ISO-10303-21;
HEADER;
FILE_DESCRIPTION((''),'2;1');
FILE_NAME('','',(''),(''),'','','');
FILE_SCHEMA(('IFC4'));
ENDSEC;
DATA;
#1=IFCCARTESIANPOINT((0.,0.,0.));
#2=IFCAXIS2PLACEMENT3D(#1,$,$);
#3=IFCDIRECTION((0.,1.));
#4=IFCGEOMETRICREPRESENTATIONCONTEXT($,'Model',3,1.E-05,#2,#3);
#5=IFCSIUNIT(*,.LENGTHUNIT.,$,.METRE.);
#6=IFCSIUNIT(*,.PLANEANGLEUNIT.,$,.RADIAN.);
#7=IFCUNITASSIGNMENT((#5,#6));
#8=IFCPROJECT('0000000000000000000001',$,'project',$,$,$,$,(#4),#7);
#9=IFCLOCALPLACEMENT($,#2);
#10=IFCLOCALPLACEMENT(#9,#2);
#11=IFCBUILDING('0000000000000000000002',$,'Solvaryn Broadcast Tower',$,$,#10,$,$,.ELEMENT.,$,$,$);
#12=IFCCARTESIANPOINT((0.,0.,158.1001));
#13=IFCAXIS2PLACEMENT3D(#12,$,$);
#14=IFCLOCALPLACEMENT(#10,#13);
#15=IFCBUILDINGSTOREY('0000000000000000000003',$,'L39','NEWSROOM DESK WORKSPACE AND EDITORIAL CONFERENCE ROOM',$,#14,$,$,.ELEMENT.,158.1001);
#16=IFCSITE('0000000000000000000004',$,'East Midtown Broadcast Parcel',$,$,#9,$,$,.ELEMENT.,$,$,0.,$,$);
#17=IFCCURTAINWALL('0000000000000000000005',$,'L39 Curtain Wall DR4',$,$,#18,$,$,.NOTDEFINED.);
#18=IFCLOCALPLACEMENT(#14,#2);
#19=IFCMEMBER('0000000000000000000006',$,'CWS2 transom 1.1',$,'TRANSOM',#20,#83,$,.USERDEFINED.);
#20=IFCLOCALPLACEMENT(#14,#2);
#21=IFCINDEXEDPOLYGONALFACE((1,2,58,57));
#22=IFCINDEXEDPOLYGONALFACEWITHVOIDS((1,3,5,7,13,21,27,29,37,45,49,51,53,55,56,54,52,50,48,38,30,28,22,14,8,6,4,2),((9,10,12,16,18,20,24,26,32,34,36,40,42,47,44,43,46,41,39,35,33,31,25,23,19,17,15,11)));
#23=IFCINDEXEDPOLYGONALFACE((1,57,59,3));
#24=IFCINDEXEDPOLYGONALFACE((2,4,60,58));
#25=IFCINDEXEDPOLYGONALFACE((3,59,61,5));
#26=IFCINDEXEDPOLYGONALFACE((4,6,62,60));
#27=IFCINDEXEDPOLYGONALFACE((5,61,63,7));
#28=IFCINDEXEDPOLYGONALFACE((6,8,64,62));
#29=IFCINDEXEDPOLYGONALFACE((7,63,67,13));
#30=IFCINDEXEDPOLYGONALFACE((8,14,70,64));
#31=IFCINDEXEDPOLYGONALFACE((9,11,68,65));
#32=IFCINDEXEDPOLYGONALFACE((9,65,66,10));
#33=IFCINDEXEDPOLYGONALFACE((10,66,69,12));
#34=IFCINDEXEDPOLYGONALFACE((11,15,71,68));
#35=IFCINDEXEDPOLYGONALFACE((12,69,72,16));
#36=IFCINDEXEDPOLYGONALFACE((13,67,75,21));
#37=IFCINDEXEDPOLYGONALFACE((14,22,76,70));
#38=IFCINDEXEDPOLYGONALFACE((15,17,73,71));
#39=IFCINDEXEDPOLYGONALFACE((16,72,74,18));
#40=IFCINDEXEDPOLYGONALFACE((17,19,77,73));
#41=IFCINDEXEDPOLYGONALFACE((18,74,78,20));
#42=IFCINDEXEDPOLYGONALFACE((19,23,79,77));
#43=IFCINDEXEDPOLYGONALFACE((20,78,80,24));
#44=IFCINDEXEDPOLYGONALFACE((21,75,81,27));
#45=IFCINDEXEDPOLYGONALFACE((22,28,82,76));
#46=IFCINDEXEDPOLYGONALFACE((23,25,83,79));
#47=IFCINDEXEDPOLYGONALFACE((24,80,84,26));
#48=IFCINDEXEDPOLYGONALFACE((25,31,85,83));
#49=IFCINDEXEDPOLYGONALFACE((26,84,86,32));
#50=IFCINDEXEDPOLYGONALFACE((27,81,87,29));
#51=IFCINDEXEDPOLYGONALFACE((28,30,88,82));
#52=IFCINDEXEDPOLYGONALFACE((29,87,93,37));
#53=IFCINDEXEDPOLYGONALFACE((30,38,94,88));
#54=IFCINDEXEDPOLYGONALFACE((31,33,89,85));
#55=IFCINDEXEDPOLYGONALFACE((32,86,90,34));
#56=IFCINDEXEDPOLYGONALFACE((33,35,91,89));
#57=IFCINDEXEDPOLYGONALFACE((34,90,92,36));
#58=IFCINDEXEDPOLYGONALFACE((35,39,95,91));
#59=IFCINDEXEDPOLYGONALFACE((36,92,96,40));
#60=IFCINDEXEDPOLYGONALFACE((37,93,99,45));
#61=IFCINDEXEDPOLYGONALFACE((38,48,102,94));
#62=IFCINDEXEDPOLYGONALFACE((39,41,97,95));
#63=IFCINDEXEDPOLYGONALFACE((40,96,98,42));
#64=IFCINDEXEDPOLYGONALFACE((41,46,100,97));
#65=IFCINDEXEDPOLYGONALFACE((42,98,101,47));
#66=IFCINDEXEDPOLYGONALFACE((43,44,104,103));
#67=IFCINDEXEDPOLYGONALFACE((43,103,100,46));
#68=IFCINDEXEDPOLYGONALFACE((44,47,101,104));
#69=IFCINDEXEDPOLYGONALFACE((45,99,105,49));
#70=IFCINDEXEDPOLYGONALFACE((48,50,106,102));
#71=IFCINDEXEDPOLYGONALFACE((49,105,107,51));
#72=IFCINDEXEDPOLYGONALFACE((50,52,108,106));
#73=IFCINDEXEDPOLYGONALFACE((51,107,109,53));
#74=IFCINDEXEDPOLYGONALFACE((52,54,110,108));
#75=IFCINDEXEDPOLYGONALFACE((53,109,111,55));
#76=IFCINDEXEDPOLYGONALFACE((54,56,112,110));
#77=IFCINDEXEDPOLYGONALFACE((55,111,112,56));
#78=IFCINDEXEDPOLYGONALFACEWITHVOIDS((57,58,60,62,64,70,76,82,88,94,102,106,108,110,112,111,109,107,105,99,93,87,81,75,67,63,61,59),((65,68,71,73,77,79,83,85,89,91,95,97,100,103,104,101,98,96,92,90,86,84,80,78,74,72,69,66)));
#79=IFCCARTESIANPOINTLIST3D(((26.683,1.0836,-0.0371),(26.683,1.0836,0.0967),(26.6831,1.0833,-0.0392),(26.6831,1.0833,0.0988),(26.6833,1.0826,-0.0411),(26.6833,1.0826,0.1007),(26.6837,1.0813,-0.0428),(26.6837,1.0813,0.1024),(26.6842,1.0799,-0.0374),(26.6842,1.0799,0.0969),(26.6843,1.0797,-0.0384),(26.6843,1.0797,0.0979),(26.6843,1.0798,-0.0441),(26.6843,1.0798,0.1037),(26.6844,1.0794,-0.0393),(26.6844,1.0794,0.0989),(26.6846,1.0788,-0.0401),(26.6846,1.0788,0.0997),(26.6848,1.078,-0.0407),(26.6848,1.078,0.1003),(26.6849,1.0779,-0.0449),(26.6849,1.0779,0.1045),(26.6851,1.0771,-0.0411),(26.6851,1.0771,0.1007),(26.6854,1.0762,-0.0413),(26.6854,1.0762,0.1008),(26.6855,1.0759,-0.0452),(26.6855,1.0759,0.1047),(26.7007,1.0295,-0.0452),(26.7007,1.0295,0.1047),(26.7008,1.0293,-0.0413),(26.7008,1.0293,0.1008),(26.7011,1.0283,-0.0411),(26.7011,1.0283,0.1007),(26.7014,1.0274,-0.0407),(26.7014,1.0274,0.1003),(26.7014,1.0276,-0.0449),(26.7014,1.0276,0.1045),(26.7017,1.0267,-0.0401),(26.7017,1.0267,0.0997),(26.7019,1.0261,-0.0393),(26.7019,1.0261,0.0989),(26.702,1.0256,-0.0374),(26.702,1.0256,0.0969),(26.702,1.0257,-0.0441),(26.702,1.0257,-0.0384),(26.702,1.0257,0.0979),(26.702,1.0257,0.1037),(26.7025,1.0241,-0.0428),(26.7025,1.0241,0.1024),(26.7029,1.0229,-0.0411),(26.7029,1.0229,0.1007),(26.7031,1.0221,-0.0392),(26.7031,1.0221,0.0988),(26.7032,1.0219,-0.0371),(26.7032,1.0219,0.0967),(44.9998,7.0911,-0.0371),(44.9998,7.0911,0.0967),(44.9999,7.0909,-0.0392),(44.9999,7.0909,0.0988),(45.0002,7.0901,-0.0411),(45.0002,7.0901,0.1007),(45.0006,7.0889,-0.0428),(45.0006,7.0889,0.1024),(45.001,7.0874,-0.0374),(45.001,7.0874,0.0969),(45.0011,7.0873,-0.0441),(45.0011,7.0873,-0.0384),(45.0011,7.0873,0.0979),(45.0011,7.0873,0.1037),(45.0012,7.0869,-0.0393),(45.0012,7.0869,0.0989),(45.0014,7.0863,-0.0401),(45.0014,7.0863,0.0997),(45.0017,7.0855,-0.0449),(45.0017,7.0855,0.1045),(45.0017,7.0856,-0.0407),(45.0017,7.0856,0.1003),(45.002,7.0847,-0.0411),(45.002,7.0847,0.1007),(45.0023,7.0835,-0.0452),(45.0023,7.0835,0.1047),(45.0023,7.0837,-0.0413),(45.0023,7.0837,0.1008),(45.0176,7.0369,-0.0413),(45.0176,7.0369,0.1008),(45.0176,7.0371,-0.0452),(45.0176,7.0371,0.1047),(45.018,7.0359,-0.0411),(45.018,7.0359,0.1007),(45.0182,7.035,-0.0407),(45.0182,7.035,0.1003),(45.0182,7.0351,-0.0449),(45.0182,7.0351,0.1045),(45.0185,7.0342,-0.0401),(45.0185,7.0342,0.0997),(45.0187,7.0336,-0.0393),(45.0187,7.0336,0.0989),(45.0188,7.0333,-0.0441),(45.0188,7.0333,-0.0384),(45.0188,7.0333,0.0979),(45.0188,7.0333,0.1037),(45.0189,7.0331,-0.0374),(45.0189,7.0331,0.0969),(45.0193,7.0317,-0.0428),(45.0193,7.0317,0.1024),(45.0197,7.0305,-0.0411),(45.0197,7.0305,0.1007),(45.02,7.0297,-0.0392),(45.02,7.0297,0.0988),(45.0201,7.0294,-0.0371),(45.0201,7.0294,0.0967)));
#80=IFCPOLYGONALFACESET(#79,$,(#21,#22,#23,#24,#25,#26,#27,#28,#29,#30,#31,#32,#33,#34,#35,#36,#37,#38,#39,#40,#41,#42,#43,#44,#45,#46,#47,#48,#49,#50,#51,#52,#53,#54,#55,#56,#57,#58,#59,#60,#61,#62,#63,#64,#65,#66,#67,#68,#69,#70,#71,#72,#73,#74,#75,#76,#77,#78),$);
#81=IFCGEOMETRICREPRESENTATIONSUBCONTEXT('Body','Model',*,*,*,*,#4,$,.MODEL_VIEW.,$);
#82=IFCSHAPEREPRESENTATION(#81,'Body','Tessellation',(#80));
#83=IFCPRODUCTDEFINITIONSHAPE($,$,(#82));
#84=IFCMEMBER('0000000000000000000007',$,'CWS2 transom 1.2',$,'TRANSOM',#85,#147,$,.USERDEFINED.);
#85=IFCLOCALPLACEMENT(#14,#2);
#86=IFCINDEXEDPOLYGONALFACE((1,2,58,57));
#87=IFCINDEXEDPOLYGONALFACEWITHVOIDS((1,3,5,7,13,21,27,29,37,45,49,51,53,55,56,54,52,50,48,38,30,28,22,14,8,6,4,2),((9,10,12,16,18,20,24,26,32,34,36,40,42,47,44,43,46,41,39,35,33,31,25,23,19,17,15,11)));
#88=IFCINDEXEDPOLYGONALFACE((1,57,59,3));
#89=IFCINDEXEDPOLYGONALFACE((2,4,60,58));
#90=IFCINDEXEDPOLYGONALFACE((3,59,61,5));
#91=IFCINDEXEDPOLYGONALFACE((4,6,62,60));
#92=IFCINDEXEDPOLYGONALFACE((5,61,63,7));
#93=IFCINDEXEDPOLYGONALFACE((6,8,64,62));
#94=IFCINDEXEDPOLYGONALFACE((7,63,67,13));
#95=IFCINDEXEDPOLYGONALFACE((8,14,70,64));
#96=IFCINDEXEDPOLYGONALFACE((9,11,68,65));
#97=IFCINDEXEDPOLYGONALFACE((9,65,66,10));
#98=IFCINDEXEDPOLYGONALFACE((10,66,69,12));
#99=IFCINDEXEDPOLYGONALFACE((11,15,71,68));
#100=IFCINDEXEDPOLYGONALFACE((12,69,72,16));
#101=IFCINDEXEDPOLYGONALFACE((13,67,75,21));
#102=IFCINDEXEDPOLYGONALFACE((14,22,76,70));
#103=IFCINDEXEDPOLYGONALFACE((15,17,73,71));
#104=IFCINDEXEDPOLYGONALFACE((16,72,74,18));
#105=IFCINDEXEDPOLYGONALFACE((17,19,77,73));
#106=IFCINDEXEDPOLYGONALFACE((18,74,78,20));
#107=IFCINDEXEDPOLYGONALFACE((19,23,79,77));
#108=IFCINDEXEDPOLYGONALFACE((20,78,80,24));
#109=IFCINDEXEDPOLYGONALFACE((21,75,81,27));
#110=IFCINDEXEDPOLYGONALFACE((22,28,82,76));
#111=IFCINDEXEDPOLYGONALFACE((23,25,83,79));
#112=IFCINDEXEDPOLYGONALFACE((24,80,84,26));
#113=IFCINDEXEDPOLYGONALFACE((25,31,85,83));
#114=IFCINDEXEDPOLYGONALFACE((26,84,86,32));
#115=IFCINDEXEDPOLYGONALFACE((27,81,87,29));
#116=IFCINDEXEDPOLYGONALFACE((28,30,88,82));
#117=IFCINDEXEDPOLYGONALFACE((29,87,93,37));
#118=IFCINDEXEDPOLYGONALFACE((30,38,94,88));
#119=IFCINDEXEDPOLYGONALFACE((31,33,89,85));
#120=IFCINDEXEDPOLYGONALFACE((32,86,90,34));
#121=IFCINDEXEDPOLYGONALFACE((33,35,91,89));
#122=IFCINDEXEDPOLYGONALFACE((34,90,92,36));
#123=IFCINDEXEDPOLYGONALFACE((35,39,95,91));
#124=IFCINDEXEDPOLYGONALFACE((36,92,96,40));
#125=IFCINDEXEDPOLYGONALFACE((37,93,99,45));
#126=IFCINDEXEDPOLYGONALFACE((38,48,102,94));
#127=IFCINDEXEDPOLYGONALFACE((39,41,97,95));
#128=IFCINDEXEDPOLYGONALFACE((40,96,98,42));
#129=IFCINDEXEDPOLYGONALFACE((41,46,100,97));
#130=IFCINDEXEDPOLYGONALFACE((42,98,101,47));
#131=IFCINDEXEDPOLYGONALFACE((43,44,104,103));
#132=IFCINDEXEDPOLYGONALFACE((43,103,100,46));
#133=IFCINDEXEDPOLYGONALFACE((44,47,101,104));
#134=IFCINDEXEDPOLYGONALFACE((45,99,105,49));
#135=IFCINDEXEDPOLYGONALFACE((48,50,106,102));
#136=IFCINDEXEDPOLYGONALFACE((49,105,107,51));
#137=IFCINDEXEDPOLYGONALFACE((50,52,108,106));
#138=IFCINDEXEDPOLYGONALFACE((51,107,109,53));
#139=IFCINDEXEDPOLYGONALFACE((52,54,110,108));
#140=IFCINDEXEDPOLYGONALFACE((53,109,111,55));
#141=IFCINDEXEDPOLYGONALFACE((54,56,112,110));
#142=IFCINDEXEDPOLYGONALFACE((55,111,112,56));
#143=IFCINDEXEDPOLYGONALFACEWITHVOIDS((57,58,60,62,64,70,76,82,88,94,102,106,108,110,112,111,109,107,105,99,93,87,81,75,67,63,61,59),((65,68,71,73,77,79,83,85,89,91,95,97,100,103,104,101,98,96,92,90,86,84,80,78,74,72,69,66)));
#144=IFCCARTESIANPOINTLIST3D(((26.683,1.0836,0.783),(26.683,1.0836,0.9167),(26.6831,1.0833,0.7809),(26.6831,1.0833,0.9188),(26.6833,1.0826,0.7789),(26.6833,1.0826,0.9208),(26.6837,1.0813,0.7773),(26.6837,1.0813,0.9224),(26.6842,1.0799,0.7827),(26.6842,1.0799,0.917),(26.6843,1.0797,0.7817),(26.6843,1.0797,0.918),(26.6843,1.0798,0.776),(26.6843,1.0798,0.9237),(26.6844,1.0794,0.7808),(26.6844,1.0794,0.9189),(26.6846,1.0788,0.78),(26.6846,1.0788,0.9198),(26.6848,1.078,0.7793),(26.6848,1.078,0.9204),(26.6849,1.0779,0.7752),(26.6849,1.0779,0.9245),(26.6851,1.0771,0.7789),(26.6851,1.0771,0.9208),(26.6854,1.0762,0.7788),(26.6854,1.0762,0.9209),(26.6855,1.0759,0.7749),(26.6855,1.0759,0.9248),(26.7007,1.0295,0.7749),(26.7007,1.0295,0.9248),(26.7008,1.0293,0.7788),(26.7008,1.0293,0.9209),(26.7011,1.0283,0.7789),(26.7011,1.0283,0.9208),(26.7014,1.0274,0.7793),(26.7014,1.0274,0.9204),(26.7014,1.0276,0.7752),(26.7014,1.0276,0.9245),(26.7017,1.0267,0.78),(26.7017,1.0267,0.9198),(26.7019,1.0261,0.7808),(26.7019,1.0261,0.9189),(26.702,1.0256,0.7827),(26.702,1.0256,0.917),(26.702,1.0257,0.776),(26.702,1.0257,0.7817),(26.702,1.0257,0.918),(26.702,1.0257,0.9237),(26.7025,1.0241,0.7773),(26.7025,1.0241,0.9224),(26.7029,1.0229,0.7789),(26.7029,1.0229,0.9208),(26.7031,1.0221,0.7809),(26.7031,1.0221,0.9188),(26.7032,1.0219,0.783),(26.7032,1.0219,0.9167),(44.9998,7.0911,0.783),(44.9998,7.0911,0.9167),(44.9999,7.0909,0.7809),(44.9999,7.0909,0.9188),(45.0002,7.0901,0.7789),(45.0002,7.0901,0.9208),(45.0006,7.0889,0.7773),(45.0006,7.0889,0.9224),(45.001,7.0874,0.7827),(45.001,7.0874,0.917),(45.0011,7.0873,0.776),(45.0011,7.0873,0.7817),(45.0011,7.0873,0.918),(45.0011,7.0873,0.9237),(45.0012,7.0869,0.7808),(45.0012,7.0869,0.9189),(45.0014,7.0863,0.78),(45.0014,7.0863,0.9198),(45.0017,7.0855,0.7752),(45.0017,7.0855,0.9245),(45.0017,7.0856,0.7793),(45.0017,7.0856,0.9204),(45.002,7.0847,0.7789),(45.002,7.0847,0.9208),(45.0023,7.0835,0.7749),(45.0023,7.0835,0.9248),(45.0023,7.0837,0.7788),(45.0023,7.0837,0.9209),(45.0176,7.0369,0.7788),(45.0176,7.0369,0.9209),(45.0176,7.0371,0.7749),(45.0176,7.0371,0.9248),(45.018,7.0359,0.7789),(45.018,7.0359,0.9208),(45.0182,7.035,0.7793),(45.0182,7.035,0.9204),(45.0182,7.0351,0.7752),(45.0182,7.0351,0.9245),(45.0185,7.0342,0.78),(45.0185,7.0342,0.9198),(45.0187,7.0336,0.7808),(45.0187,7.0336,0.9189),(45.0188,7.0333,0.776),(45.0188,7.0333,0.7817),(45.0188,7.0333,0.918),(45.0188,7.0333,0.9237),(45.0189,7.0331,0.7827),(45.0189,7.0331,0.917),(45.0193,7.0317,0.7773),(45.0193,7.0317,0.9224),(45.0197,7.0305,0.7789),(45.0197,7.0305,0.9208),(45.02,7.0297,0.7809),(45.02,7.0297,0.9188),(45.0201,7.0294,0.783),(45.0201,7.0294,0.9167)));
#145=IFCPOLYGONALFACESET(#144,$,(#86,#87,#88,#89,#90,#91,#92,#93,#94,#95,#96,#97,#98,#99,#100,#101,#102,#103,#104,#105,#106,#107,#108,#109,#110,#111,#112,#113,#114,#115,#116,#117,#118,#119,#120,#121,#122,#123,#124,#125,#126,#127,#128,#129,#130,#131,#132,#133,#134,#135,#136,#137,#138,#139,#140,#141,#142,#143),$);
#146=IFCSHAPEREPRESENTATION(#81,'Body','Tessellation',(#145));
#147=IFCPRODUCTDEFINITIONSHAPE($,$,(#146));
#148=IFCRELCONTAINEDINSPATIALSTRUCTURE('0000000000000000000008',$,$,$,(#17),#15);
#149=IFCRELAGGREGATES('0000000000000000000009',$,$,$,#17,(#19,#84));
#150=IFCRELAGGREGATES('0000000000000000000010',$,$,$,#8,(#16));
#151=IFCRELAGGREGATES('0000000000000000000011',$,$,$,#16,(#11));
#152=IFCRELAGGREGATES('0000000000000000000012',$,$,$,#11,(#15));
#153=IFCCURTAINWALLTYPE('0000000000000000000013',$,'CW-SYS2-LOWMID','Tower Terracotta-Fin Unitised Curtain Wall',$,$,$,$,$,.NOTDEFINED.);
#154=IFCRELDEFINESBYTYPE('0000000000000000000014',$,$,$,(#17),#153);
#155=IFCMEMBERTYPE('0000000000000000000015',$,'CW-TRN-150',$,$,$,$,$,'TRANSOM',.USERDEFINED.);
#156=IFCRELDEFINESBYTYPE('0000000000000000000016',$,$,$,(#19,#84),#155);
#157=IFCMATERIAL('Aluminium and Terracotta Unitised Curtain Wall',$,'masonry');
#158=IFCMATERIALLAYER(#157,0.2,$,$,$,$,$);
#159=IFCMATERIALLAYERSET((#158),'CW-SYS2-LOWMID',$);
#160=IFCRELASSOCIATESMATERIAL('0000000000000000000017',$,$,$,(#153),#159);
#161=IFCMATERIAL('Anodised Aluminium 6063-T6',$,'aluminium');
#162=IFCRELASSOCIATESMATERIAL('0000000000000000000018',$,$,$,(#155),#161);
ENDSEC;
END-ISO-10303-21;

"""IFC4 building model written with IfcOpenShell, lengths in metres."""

from ifc_helpers import new_model, si_unit, direction, frame, origin, origin_2d, place, context, subcontext, project, spatial, hollow_rectangle, extrude, material, layer, layer_set, material_profile, profile_set, type_object, element, aggregate, save


model = new_model("IFC4")

# Units and contexts
model_context = context("Model", 3, precision=1e-05, world=origin(), true_north=direction((0.0, 1.0)))
body_context = subcontext(model_context, "Body", "Model", "MODEL_VIEW")
ifc_project = project(units=[si_unit("LENGTHUNIT", "METRE"), si_unit("PLANEANGLEUNIT", "RADIAN")], contexts=[model_context])

# Site, building, storey
site_placement = place(None, origin())
site = spatial("IfcSite", under=ifc_project, at=site_placement, Name="East Midtown Broadcast Parcel", CompositionType="ELEMENT", RefElevation=0.0)
building_placement = place(site_placement, origin())
building = spatial("IfcBuilding", under=site, at=building_placement, Name="Solvaryn Broadcast Tower", CompositionType="ELEMENT")
storey_placement = place(building_placement, frame((0.0, 0.0, 158.1001)))
storey = spatial("IfcBuildingStorey", under=building, at=storey_placement, Name="L39", Description="NEWSROOM DESK WORKSPACE AND EDITORIAL CONFERENCE ROOM", CompositionType="ELEMENT", Elevation=158.1001)

# Shared definitions
ifc_material_1 = material(Name="Aluminium and Terracotta Unitised Curtain Wall", Category="masonry")
ifc_layer_1 = layer(ifc_material_1, 0.2)
ifc_layer_set_1 = layer_set([ifc_layer_1], Name="CW-SYS2-LOWMID")
curtain_wall_type = type_object("IfcCurtainWallType", Name="CW-SYS2-LOWMID", Description="Tower Terracotta-Fin Unitised Curtain Wall", PredefinedType="NOTDEFINED", material=ifc_layer_set_1)

# Curtain wall, members
curtain_wall_1_placement = place(storey_placement, origin())
curtain_wall_1 = element("IfcCurtainWall", 1, at=curtain_wall_1_placement, inside=storey, type_object=curtain_wall_type, Name="L39 Curtain Wall DR4", PredefinedType="NOTDEFINED")
ifc_material_2 = material(Name="Anodised Aluminium 6063-T6", Category="aluminium")
ifc_material_profile_1 = material_profile(ifc_material_2, hollow_rectangle(XDim=0.0649, YDim=0.1499, WallThickness=0.0039, InnerFilletRadius=0.0039, OuterFilletRadius=0.0081, at=origin_2d()))
ifc_profile_set_1 = profile_set([ifc_material_profile_1], Name="Anodised Aluminium 6063-T6")
member_type_1 = type_object("IfcMemberType", Name="CW-TRN-150", ElementType="TRANSOM", PredefinedType="USERDEFINED", material=ifc_profile_set_1)
member_1_placement = place(storey_placement, frame((26.6931, 1.0527, 0.0298), z_axis=(0.950198, 0.311646, 0.0), x_axis=(-0.311646, 0.950198, 0.0)))
member_1 = element("IfcMember", 2, at=member_1_placement, type_object=member_type_1, Name="CWS2 transom 1.1", ObjectType="TRANSOM", PredefinedType="USERDEFINED", context=body_context, shape_type="SweptSolid", body=[
    extrude(hollow_rectangle(XDim=0.0649, YDim=0.1499, WallThickness=0.0039, InnerFilletRadius=0.0039, OuterFilletRadius=0.0081, at=origin_2d()), origin(), (0.0, 0.0, 1.0), 19.2769),
])
member_2_placement = place(storey_placement, frame((26.6931, 1.0527, 0.8499), z_axis=(0.950198, 0.311646, 0.0), x_axis=(-0.311646, 0.950198, 0.0)))
member_2 = element("IfcMember", 3, at=member_2_placement, type_object=member_type_1, Name="CWS2 transom 1.2", ObjectType="TRANSOM", PredefinedType="USERDEFINED", context=body_context, shape_type="SweptSolid", body=[
    extrude(hollow_rectangle(XDim=0.0649, YDim=0.1499, WallThickness=0.0039, InnerFilletRadius=0.0039, OuterFilletRadius=0.0081, at=origin_2d()), origin(), (0.0, 0.0, 1.0), 19.2769),
])
aggregate(curtain_wall_1, [member_1, member_2])

save(model, "model.ifc")
